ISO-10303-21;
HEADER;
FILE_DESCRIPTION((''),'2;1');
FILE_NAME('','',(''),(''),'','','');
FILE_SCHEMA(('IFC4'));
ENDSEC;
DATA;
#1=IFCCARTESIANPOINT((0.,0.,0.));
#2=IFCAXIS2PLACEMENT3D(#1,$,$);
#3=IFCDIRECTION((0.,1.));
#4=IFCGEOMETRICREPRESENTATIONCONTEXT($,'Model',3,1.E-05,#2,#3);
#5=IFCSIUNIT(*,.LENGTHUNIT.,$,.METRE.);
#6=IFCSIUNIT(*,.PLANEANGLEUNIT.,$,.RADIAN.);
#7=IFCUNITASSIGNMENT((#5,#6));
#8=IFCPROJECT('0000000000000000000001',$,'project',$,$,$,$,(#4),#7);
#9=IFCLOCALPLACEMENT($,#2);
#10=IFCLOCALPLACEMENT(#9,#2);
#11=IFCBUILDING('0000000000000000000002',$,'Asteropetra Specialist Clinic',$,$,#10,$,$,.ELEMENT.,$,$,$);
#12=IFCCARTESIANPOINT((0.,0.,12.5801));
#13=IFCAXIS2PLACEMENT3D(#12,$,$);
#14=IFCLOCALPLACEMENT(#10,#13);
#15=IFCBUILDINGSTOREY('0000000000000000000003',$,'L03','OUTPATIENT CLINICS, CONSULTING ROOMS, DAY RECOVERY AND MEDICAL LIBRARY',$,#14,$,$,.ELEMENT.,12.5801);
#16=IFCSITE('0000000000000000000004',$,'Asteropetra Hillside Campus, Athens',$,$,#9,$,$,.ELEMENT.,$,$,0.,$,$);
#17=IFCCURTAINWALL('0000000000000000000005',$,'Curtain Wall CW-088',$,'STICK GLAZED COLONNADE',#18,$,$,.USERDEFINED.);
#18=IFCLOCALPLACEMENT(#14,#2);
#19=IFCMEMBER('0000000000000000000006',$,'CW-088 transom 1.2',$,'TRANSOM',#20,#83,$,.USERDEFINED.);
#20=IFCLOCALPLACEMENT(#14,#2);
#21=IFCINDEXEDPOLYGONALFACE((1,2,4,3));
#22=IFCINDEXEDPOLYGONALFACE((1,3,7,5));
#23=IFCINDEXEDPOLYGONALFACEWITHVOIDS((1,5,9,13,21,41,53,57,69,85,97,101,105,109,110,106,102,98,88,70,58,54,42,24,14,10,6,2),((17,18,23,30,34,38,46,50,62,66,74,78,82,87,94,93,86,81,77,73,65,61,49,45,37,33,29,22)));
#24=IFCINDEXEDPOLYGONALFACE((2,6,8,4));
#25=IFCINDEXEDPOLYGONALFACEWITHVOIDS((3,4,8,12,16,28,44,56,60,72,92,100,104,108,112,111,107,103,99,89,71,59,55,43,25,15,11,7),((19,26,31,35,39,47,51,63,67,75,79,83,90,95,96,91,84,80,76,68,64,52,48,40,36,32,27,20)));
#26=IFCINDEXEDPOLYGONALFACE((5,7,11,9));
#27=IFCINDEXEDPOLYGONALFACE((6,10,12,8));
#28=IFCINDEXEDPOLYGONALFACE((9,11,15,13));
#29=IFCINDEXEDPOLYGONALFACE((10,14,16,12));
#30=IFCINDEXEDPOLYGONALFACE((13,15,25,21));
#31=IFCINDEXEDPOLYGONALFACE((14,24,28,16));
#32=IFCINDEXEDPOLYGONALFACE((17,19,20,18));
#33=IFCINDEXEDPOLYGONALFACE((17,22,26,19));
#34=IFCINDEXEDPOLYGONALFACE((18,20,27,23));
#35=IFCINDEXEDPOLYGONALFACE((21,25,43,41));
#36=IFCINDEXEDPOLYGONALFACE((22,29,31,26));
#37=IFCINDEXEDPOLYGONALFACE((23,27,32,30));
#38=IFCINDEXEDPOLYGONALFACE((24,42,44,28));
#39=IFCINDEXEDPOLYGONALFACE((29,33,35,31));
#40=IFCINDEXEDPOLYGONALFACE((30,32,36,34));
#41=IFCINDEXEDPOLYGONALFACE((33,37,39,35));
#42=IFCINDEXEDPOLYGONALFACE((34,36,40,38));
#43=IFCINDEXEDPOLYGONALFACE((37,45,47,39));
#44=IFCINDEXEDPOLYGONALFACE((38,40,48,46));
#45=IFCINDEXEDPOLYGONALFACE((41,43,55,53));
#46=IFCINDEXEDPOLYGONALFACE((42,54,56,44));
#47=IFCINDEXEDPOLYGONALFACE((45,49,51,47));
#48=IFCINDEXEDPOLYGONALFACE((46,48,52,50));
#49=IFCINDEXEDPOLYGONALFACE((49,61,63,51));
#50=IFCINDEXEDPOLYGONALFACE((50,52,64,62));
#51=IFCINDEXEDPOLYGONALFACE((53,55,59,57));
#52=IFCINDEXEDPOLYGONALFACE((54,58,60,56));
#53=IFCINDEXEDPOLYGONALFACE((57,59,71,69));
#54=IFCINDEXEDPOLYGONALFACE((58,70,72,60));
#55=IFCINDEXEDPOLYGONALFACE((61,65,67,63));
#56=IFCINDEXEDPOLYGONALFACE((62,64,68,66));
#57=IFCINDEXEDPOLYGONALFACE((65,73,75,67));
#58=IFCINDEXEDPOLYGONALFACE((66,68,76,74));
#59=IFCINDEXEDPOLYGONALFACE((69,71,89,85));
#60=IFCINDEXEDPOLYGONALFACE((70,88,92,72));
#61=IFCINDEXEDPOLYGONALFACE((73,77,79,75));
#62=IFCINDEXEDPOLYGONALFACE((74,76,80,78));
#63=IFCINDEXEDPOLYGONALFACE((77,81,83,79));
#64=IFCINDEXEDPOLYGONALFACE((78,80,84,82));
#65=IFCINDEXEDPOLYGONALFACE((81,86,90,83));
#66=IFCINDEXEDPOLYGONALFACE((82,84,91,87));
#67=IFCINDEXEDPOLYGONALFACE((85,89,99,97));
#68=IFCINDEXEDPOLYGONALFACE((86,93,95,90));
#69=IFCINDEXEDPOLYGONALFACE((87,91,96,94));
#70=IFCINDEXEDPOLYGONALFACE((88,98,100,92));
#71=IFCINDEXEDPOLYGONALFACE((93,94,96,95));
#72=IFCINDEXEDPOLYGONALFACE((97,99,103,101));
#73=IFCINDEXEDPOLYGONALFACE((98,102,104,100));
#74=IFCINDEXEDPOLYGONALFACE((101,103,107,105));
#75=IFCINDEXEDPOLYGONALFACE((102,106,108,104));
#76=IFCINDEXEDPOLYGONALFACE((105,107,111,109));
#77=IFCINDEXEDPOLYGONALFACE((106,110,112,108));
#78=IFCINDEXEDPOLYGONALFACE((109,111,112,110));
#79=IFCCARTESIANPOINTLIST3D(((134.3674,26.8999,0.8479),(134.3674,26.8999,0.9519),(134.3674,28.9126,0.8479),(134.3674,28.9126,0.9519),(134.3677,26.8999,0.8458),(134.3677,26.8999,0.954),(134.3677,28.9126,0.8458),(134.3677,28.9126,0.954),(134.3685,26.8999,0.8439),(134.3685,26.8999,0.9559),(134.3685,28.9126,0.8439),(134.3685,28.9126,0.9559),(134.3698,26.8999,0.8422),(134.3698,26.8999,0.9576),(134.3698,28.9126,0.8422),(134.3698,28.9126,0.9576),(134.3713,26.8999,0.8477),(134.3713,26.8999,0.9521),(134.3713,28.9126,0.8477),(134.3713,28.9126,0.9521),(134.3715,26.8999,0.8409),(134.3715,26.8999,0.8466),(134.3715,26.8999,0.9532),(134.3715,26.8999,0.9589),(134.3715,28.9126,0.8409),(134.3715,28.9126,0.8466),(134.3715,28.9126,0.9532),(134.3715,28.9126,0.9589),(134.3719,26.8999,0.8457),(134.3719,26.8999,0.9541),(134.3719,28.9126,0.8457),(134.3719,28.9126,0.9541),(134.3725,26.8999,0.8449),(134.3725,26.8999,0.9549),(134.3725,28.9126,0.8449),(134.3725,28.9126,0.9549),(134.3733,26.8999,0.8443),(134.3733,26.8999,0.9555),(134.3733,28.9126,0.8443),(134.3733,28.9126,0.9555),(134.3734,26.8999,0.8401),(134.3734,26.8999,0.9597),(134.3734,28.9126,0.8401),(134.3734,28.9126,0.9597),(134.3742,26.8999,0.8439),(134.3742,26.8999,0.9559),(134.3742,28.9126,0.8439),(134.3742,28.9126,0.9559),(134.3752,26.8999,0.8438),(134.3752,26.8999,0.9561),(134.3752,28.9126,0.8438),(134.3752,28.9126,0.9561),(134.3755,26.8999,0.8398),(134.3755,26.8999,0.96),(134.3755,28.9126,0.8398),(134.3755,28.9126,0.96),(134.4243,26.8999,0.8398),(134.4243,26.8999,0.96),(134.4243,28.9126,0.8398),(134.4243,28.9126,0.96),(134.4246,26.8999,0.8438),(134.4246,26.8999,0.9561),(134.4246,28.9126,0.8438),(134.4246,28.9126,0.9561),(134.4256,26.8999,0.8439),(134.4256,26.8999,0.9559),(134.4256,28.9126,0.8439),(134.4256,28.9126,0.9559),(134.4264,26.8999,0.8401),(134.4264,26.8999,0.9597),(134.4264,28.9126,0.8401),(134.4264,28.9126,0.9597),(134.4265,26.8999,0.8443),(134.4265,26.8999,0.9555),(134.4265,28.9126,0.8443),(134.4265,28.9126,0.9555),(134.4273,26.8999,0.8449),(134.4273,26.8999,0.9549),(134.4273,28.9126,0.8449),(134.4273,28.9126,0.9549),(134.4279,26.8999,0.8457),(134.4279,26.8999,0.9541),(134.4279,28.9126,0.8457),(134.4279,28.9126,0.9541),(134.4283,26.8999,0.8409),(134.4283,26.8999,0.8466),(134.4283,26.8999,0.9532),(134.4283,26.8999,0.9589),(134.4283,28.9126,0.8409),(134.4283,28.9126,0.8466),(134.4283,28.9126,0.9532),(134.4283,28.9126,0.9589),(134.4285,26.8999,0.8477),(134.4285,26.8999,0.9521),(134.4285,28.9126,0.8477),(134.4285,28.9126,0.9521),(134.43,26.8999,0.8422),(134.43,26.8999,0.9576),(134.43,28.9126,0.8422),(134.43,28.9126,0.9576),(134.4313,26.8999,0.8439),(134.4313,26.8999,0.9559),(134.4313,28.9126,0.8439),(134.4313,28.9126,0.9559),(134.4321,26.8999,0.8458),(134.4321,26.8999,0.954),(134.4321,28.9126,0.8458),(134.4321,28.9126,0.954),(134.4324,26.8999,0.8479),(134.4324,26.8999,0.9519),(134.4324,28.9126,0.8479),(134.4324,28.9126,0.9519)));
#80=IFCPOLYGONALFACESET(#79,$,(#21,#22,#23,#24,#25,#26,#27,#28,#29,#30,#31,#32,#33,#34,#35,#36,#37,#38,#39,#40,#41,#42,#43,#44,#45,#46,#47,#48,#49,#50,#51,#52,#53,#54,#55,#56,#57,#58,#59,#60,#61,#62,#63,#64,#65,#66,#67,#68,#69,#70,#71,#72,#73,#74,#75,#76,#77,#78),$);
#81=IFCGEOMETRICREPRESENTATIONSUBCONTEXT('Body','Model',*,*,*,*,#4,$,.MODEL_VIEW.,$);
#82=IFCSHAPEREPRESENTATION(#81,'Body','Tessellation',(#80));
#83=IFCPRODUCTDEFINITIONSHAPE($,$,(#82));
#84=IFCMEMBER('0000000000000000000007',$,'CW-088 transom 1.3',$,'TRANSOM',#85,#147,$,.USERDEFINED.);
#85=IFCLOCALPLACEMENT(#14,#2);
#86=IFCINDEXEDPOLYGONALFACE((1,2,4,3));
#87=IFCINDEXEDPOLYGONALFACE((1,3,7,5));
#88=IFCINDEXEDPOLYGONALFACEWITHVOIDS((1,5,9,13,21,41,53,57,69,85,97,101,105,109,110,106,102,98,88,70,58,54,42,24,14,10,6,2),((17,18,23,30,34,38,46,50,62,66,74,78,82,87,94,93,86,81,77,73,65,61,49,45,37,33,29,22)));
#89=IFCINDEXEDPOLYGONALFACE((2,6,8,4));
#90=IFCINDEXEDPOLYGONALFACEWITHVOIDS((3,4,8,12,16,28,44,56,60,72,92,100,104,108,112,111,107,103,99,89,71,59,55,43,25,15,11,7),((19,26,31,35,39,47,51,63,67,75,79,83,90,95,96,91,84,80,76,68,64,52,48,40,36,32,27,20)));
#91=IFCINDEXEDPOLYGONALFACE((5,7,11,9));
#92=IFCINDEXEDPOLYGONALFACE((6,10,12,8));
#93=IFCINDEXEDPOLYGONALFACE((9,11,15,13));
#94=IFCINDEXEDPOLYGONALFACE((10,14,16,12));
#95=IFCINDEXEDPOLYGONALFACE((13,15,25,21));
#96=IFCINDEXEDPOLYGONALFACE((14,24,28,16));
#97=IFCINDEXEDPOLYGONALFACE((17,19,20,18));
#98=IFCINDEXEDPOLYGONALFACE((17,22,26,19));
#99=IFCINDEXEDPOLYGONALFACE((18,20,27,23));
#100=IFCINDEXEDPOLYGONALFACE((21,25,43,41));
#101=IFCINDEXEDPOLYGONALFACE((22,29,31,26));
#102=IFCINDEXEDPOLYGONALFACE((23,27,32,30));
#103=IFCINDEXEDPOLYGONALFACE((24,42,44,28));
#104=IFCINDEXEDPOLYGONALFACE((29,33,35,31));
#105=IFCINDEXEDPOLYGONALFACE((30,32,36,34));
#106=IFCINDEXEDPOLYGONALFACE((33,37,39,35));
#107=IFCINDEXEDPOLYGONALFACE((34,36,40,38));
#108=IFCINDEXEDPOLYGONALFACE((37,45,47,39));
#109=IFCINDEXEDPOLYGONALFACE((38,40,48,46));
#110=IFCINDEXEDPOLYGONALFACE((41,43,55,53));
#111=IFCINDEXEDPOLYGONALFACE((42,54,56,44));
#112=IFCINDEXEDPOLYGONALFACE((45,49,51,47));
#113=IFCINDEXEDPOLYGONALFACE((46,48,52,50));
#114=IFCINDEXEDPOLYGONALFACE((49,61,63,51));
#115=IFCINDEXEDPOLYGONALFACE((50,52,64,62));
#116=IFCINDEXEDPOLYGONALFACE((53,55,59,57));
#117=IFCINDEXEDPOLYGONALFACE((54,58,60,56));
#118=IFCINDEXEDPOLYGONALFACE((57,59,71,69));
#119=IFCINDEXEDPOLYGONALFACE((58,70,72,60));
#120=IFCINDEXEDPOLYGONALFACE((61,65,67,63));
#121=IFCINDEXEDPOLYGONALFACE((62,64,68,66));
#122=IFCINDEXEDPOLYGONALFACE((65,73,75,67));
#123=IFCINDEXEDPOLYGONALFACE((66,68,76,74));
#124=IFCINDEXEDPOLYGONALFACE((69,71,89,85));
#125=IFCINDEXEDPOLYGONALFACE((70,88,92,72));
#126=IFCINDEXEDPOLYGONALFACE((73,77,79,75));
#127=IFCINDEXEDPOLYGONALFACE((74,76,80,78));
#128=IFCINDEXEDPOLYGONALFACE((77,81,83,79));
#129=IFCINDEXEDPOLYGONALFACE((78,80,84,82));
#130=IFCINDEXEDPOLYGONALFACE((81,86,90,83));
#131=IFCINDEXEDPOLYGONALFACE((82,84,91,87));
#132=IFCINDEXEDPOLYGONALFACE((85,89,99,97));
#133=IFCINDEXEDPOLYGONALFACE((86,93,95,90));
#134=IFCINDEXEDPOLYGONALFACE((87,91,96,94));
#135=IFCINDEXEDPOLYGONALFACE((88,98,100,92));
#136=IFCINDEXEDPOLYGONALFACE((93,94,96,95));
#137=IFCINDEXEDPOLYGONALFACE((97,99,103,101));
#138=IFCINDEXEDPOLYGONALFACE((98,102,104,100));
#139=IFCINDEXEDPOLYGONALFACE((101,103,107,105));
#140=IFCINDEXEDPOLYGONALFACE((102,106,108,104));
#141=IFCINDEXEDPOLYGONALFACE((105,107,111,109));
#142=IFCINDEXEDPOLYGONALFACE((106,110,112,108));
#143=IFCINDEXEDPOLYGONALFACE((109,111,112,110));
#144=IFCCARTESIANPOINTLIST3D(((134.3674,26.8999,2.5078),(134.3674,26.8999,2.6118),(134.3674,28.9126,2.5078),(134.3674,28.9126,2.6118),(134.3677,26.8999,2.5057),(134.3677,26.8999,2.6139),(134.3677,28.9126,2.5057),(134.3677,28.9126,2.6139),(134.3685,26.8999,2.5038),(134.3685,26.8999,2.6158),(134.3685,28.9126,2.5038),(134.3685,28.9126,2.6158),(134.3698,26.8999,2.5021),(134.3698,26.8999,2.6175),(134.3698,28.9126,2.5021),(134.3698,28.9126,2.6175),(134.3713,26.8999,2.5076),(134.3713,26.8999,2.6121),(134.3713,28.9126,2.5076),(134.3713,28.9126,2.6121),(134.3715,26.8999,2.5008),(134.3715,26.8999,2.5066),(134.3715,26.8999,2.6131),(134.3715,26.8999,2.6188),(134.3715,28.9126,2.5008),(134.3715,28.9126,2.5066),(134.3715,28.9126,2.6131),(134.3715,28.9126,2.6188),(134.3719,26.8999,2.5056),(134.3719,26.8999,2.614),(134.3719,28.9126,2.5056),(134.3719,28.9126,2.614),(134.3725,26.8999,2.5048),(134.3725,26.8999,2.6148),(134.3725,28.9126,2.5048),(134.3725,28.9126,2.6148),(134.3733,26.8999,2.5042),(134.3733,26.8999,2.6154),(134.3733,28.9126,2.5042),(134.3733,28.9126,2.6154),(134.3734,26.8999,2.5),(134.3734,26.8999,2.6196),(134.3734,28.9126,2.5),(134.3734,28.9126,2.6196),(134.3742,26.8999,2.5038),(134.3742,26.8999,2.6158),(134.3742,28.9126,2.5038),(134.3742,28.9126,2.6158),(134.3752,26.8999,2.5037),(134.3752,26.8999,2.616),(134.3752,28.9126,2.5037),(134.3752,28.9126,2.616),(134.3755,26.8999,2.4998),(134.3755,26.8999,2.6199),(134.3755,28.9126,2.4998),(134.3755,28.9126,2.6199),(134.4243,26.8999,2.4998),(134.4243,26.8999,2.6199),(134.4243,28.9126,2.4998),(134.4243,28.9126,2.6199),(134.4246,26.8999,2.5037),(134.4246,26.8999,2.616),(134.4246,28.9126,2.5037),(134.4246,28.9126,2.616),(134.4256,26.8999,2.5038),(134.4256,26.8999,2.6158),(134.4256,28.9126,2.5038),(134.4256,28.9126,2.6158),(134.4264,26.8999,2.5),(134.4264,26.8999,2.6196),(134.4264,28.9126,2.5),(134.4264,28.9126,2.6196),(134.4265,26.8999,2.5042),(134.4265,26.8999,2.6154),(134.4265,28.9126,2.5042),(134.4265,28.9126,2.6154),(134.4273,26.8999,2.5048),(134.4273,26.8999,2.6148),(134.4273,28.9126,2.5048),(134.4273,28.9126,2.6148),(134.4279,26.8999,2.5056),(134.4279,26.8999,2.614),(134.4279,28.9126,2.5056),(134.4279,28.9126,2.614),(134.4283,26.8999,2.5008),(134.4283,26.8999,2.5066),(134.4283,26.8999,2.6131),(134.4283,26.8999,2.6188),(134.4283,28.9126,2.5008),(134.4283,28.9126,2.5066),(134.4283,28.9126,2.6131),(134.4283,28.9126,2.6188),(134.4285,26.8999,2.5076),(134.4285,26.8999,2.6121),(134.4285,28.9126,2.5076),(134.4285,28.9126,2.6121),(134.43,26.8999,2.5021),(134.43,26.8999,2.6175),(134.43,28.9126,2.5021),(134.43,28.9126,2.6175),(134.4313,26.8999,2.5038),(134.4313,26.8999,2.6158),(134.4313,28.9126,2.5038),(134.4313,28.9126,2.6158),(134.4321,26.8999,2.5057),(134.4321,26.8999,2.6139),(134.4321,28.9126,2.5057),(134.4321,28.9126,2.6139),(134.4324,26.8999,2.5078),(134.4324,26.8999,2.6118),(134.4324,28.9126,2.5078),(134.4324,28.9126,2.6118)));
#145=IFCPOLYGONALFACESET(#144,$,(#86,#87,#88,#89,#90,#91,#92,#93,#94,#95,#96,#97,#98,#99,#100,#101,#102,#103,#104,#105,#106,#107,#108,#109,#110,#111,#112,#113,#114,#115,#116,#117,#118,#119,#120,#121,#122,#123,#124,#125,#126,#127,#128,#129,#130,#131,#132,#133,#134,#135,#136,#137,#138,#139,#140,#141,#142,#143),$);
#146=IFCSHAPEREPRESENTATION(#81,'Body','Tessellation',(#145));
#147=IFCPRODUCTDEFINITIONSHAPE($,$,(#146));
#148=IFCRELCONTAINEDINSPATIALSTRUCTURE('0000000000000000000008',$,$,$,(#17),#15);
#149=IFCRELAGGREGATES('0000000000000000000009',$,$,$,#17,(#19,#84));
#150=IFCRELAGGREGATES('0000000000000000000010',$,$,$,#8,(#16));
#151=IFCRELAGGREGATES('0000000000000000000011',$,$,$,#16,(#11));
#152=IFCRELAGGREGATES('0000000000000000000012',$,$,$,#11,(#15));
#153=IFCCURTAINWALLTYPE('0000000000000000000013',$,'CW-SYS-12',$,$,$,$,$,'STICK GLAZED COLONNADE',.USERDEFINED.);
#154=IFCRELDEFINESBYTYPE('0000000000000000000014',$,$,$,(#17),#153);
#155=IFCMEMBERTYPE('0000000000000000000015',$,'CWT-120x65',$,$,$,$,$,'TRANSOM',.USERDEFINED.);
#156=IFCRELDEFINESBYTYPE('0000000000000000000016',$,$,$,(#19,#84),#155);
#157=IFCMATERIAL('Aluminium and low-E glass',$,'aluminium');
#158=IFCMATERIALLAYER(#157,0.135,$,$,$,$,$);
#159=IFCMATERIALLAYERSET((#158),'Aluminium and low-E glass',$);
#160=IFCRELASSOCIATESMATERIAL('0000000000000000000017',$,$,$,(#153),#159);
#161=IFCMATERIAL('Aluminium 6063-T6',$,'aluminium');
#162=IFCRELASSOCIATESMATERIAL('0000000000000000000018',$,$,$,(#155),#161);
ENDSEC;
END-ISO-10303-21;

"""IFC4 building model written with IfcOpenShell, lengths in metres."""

from ifc_helpers import new_model, si_unit, direction, frame, origin, origin_2d, place, context, subcontext, project, spatial, hollow_rectangle, extrude, material, layer, layer_set, material_profile, profile_set, type_object, element, aggregate, save


model = new_model("IFC4")

# Units and contexts
model_context = context("Model", 3, precision=1e-05, world=origin(), true_north=direction((0.0, 1.0)))
body_context = subcontext(model_context, "Body", "Model", "MODEL_VIEW")
ifc_project = project(units=[si_unit("LENGTHUNIT", "METRE"), si_unit("PLANEANGLEUNIT", "RADIAN")], contexts=[model_context])

# Site, building, storey
site_placement = place(None, origin())
site = spatial("IfcSite", under=ifc_project, at=site_placement, Name="Asteropetra Hillside Campus, Athens", CompositionType="ELEMENT", RefElevation=0.0)
building_placement = place(site_placement, origin())
building = spatial("IfcBuilding", under=site, at=building_placement, Name="Asteropetra Specialist Clinic", CompositionType="ELEMENT")
storey_placement = place(building_placement, frame((0.0, 0.0, 12.5801)))
storey = spatial("IfcBuildingStorey", under=building, at=storey_placement, Name="L03", Description="OUTPATIENT CLINICS, CONSULTING ROOMS, DAY RECOVERY AND MEDICAL LIBRARY", CompositionType="ELEMENT", Elevation=12.5801)

# Curtain wall
ifc_material_1 = material(Name="Aluminium and low-E glass", Category="aluminium")
ifc_layer_1 = layer(ifc_material_1, 0.135)
ifc_layer_set_1 = layer_set([ifc_layer_1], Name="Aluminium and low-E glass")
curtain_wall_type_1 = type_object("IfcCurtainWallType", Name="CW-SYS-12", ElementType="STICK GLAZED COLONNADE", PredefinedType="USERDEFINED", material=ifc_layer_set_1)
curtain_wall_1_placement = place(storey_placement, origin())
curtain_wall_1 = element("IfcCurtainWall", 1, at=curtain_wall_1_placement, inside=storey, type_object=curtain_wall_type_1, Name="Curtain Wall CW-088", ObjectType="STICK GLAZED COLONNADE", PredefinedType="USERDEFINED")

# Members
ifc_material_2 = material(Name="Aluminium 6063-T6", Category="aluminium")
ifc_material_profile_1 = material_profile(ifc_material_2, hollow_rectangle(XDim=0.0649, YDim=0.1201, WallThickness=0.0039, InnerFilletRadius=0.0039, OuterFilletRadius=0.0081, at=origin_2d()), Name="TRN 120x65x4.0")
ifc_profile_set_1 = profile_set([ifc_material_profile_1], Name="Aluminium 6063-T6")
member_type_1 = type_object("IfcMemberType", Name="CWT-120x65", ElementType="TRANSOM", PredefinedType="USERDEFINED", material=ifc_profile_set_1)
member_1_placement = place(storey_placement, frame((134.3999, 26.8999, 0.8999), z_axis=(0.0, 1.0, 0.0), x_axis=(-1.0, 0.0, 0.0)))
member_1 = element("IfcMember", 2, at=member_1_placement, type_object=member_type_1, Name="CW-088 transom 1.2", ObjectType="TRANSOM", PredefinedType="USERDEFINED", context=body_context, shape_type="SweptSolid", body=[
    extrude(hollow_rectangle(XDim=0.0649, YDim=0.1201, WallThickness=0.0039, InnerFilletRadius=0.0039, OuterFilletRadius=0.0081, at=origin_2d()), origin(), (0.0, 0.0, 1.0), 2.0127),
])
member_2_placement = place(storey_placement, frame((134.3999, 26.8999, 2.5598), z_axis=(0.0, 1.0, 0.0), x_axis=(-1.0, 0.0, 0.0)))
member_2 = element("IfcMember", 3, at=member_2_placement, type_object=member_type_1, Name="CW-088 transom 1.3", ObjectType="TRANSOM", PredefinedType="USERDEFINED", context=body_context, shape_type="SweptSolid", body=[
    extrude(hollow_rectangle(XDim=0.0649, YDim=0.1201, WallThickness=0.0039, InnerFilletRadius=0.0039, OuterFilletRadius=0.0081, at=origin_2d()), origin(), (0.0, 0.0, 1.0), 2.0127),
])

aggregate(curtain_wall_1, [member_1, member_2])

save(model, "model.ifc")
